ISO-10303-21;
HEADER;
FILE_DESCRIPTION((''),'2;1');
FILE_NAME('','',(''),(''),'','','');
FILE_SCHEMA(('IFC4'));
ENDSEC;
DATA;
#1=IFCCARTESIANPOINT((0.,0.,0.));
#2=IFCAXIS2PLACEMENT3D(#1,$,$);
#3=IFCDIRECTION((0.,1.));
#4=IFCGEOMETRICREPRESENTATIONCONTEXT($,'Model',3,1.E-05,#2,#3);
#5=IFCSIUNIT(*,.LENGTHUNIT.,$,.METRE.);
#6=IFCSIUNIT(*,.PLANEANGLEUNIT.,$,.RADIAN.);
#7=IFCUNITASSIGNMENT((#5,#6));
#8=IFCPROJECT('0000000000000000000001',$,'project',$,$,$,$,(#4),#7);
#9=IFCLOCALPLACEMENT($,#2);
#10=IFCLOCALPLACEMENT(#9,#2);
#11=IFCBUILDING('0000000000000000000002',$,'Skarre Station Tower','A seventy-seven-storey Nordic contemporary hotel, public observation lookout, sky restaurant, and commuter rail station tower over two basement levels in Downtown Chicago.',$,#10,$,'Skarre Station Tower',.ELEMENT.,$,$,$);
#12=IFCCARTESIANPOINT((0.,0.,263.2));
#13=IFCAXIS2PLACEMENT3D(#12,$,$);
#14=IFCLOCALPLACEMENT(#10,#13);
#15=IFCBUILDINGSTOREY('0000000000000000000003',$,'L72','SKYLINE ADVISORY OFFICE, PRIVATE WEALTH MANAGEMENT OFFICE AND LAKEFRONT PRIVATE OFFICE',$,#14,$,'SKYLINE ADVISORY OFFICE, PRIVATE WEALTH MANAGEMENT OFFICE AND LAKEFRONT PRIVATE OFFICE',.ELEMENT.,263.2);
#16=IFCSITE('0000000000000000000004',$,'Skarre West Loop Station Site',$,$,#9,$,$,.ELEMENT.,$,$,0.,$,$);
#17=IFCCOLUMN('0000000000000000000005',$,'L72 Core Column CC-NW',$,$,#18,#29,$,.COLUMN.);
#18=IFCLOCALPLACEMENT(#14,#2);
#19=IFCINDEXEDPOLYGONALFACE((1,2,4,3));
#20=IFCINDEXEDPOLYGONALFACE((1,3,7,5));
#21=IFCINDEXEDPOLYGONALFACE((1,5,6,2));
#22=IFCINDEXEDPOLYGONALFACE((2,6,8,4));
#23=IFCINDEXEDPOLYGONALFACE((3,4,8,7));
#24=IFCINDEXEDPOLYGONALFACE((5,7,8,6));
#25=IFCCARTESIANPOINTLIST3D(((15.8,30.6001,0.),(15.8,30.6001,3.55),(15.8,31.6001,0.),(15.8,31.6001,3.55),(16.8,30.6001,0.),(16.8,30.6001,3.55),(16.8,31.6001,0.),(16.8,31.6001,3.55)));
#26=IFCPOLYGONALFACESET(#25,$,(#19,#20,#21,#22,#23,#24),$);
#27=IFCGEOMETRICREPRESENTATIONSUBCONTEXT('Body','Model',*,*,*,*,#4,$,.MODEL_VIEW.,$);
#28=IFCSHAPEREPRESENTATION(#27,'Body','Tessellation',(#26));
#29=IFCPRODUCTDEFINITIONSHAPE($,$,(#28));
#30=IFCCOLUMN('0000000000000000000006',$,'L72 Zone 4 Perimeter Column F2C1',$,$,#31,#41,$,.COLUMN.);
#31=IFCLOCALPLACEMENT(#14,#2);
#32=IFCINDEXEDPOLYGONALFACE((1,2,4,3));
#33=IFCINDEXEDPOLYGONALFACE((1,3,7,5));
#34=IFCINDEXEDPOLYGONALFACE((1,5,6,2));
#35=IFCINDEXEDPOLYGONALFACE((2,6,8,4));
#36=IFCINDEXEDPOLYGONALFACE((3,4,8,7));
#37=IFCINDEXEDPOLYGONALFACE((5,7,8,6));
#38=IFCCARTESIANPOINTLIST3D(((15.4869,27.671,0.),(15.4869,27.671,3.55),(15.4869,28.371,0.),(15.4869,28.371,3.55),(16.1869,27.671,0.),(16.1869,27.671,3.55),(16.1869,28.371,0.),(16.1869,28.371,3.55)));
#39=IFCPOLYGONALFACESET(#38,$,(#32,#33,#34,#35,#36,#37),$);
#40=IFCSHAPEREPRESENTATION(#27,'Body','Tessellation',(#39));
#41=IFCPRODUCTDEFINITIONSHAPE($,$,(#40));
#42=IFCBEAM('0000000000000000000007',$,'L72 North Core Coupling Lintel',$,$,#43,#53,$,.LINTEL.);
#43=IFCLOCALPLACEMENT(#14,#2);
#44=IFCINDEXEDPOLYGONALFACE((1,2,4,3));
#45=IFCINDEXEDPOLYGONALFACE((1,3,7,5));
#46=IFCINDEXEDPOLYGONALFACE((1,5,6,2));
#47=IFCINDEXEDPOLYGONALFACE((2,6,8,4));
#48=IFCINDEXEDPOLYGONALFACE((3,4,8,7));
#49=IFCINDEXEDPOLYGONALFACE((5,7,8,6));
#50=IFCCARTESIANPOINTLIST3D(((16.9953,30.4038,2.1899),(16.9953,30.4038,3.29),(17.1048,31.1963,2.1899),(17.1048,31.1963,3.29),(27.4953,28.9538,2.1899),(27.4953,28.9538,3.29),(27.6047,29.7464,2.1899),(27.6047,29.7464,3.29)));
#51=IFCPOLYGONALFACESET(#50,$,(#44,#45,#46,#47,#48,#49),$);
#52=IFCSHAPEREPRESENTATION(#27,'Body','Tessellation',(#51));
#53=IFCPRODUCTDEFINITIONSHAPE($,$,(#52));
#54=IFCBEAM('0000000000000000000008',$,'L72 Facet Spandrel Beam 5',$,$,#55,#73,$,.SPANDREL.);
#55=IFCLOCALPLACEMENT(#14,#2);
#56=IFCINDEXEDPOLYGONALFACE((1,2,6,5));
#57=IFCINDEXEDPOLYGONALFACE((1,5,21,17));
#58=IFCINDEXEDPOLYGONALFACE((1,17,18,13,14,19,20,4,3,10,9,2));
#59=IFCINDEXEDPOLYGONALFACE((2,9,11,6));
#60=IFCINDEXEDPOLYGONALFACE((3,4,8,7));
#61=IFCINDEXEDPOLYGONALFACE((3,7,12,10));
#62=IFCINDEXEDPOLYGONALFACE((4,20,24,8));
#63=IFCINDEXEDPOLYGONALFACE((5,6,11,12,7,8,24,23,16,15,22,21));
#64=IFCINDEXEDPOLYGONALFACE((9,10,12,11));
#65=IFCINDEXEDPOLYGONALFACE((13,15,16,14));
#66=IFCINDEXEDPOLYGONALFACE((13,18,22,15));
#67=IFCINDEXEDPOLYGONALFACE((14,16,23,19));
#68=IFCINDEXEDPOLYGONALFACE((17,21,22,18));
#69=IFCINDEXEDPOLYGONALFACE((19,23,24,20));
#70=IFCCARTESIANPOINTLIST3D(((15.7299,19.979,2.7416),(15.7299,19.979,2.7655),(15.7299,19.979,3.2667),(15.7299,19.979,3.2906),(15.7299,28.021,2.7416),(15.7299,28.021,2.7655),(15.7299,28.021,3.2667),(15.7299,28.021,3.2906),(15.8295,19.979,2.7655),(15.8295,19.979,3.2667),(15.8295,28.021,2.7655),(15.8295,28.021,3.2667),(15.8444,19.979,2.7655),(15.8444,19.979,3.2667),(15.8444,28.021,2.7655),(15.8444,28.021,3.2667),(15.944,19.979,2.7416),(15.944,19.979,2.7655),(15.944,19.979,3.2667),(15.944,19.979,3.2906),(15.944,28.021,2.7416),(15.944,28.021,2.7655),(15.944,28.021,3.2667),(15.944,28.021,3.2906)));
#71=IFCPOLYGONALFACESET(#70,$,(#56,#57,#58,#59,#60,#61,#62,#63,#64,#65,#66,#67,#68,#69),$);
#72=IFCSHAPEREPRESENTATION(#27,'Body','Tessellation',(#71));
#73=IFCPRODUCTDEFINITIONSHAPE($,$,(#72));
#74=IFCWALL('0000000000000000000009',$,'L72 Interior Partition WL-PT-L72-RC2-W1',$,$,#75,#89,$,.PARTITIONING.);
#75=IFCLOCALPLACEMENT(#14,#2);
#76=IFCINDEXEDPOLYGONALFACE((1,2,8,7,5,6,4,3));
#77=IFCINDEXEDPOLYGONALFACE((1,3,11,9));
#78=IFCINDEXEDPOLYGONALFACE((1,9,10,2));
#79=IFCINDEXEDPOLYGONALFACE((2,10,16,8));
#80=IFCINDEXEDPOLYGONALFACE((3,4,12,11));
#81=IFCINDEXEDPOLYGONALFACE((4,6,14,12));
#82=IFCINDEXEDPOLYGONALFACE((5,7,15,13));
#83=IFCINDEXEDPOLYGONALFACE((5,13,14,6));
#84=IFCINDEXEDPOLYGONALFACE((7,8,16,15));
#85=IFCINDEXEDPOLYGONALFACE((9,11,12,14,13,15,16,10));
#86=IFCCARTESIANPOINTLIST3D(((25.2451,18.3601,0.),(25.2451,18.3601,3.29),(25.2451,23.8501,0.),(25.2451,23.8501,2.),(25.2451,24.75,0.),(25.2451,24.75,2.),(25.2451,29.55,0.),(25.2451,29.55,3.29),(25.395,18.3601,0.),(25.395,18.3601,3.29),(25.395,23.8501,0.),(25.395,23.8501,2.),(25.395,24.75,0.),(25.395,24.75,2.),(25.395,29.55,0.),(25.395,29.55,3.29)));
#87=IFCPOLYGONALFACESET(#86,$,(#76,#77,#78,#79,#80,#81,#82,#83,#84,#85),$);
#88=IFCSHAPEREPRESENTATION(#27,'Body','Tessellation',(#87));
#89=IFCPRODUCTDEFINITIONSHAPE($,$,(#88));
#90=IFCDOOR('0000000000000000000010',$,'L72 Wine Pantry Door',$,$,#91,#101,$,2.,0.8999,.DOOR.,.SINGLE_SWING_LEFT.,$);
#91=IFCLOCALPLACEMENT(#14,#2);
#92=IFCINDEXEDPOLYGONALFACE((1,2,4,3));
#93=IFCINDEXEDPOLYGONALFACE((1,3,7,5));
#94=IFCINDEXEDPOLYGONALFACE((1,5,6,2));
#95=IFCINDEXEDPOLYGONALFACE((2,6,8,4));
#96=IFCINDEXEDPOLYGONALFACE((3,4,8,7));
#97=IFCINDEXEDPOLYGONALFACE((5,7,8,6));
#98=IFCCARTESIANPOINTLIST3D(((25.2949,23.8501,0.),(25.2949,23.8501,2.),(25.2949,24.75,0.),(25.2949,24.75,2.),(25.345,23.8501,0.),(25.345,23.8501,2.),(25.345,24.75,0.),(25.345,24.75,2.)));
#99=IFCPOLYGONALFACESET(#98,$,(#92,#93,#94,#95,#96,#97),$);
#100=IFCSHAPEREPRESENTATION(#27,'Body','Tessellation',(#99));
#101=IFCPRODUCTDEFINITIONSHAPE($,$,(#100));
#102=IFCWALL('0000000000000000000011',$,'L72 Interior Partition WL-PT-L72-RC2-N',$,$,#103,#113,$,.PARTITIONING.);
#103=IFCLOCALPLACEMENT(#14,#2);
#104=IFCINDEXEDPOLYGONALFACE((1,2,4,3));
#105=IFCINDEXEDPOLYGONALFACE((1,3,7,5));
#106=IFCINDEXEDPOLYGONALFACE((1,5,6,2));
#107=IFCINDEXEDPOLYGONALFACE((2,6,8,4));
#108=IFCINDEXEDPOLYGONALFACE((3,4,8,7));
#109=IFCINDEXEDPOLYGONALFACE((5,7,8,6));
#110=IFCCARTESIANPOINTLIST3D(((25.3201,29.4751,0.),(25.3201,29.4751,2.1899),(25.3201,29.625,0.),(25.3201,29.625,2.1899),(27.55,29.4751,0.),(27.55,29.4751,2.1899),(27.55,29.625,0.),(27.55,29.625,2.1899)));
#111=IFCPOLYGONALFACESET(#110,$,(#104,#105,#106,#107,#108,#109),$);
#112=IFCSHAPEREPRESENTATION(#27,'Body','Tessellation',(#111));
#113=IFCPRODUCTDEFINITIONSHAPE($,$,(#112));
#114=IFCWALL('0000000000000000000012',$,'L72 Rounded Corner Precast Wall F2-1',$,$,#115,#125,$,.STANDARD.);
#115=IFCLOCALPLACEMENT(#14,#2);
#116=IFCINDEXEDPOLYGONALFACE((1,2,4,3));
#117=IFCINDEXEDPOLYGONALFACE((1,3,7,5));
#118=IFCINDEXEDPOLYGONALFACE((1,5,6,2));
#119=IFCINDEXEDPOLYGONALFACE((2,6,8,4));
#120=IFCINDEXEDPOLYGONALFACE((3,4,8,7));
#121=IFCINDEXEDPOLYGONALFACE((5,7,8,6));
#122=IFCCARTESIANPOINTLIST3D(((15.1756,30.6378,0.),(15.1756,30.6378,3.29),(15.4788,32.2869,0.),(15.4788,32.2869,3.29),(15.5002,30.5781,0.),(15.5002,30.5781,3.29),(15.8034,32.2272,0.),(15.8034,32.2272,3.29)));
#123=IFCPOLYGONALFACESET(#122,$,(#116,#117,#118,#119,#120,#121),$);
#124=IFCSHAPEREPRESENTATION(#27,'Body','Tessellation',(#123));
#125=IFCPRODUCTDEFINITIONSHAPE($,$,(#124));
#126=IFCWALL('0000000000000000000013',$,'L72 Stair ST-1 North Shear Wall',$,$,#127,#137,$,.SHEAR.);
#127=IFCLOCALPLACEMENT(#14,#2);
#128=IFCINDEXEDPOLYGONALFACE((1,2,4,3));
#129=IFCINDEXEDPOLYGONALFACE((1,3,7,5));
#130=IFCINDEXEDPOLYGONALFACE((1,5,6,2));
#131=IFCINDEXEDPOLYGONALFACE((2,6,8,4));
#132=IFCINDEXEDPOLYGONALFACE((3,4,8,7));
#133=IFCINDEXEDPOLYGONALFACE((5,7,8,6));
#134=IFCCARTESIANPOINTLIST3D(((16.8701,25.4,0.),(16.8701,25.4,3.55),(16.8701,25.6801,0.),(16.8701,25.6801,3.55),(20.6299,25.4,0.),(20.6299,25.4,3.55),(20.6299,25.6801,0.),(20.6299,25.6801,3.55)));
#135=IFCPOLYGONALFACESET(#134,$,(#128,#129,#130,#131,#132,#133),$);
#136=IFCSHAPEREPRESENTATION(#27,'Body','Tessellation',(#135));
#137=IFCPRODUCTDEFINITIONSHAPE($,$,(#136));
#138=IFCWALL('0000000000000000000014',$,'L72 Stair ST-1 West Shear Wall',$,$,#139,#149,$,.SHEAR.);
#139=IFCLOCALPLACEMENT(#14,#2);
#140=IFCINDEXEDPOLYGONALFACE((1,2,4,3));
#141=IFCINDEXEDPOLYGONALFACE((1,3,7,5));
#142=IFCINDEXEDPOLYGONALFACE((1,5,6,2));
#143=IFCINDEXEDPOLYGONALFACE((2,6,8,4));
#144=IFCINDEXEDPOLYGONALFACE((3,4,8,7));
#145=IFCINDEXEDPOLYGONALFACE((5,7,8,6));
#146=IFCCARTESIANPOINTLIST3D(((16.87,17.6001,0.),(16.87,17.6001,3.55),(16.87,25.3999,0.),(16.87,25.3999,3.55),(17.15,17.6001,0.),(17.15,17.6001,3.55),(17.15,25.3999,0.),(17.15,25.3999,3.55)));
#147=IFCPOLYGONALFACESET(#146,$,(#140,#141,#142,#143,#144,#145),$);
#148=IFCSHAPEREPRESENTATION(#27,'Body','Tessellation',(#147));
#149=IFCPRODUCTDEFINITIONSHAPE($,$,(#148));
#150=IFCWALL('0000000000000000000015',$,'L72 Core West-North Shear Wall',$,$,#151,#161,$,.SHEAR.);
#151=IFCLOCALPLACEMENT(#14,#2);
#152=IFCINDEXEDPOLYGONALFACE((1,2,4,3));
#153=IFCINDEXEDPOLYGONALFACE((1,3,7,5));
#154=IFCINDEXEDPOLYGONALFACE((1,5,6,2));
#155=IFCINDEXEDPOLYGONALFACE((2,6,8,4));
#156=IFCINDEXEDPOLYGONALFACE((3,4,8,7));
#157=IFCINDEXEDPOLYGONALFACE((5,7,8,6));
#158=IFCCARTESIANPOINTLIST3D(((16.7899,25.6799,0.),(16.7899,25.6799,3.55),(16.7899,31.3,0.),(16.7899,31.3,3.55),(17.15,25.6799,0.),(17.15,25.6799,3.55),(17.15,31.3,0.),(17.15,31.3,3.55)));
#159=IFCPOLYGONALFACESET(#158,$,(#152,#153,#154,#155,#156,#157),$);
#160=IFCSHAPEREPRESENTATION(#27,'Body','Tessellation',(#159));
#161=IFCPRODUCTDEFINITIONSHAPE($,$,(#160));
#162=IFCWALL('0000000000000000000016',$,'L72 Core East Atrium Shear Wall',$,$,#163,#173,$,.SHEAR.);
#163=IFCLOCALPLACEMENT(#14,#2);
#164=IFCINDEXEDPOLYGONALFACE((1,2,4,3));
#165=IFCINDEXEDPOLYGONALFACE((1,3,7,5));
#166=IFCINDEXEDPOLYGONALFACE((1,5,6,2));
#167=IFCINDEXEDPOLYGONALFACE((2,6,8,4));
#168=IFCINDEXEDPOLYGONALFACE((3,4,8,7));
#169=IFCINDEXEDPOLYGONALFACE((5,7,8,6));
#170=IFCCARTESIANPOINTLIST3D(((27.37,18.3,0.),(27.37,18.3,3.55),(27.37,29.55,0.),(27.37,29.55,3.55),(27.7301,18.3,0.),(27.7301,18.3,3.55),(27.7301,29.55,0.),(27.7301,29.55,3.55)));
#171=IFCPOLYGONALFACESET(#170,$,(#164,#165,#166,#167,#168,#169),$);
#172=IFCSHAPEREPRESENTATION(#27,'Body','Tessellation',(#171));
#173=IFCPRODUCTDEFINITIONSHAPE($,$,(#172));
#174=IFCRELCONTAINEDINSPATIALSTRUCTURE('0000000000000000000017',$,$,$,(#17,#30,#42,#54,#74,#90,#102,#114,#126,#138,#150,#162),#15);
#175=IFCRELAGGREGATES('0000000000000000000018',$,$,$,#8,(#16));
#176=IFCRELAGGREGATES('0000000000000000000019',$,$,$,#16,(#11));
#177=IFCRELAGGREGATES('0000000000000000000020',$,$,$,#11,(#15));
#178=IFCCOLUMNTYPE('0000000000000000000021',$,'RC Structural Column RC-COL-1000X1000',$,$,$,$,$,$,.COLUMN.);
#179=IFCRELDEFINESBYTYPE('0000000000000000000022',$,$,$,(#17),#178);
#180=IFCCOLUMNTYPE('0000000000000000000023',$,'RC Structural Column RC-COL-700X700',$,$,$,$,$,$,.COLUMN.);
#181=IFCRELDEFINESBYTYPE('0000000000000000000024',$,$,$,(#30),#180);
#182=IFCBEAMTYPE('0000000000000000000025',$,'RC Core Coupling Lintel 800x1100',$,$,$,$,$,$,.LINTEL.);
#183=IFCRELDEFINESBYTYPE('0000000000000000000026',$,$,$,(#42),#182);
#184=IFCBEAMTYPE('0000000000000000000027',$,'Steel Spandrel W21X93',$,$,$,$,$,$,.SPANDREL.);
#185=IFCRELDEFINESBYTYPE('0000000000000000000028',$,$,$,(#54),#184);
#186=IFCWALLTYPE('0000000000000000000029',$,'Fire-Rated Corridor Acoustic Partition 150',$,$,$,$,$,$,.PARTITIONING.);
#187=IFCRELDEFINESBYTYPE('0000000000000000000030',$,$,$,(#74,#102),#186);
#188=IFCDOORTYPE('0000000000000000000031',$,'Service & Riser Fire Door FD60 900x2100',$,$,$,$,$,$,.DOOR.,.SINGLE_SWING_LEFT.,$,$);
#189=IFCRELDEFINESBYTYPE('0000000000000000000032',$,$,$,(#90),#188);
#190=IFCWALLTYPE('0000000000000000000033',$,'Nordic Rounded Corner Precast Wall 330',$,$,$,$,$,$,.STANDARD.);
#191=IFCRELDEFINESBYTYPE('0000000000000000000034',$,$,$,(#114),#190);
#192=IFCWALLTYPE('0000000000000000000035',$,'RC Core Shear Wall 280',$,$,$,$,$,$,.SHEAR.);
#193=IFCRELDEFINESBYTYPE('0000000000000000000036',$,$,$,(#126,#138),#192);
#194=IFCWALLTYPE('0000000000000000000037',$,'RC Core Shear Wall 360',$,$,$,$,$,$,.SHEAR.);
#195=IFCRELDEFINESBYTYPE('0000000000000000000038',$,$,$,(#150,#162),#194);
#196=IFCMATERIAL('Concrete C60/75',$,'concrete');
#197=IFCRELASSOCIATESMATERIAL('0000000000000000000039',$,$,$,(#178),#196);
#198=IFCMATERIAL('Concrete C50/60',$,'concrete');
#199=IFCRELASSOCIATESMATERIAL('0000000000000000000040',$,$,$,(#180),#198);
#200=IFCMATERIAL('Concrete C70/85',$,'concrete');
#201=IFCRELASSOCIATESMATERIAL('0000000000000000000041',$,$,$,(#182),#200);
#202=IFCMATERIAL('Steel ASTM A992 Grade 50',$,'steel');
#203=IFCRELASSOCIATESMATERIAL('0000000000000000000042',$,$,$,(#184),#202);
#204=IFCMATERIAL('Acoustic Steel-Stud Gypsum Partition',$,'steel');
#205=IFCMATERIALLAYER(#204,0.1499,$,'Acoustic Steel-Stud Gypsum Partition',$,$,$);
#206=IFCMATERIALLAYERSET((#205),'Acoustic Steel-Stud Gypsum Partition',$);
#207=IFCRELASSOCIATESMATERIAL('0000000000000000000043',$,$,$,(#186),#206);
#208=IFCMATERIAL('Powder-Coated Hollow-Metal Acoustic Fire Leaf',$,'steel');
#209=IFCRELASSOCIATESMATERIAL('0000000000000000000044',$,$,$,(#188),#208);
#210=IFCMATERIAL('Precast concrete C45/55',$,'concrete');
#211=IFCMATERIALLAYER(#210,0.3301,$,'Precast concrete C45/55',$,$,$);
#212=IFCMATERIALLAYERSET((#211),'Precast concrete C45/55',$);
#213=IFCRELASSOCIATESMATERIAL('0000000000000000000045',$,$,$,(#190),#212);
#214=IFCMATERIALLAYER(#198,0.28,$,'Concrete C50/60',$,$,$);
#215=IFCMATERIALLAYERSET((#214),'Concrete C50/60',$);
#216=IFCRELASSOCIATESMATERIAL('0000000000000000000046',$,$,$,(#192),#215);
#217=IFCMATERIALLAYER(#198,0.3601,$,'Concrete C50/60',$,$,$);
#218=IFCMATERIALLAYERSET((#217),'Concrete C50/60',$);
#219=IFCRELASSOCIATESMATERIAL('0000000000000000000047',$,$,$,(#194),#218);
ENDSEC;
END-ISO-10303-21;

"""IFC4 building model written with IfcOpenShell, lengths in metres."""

from ifc_helpers import new_model, si_unit, direction, frame, frame_2d, origin, origin_2d, place, context, subcontext, project, spatial, rectangle, i_section, extrude, material, layer, layer_set, material_profile, profile_set, type_object, element, fill, save


model = new_model("IFC4")

# Units and contexts
model_context = context("Model", 3, precision=1e-05, world=origin(), true_north=direction((0.0, 1.0)))
body_context = subcontext(model_context, "Body", "Model", "MODEL_VIEW")
ifc_project = project(units=[si_unit("LENGTHUNIT", "METRE"), si_unit("PLANEANGLEUNIT", "RADIAN")], contexts=[model_context])

# Site, building, storey
site_placement = place(None, origin())
site = spatial("IfcSite", under=ifc_project, at=site_placement, Name="Skarre West Loop Station Site", CompositionType="ELEMENT", RefElevation=0.0)
building_placement = place(site_placement, origin())
building = spatial("IfcBuilding", under=site, at=building_placement, Name="Skarre Station Tower", Description="A seventy-seven-storey Nordic contemporary hotel, public observation lookout, sky restaurant, and commuter rail station tower over two basement levels in Downtown Chicago.", LongName="Skarre Station Tower", CompositionType="ELEMENT")
storey_placement = place(building_placement, frame((0.0, 0.0, 263.2)))
storey = spatial("IfcBuildingStorey", under=building, at=storey_placement, Name="L72", Description="SKYLINE ADVISORY OFFICE, PRIVATE WEALTH MANAGEMENT OFFICE AND LAKEFRONT PRIVATE OFFICE", LongName="SKYLINE ADVISORY OFFICE, PRIVATE WEALTH MANAGEMENT OFFICE AND LAKEFRONT PRIVATE OFFICE", CompositionType="ELEMENT", Elevation=263.2)

# Columns
ifc_material_1 = material(Name="Concrete C60/75", Category="concrete")
ifc_material_profile_1 = material_profile(ifc_material_1, rectangle(XDim=1.0, YDim=1.0, at=origin_2d()), Name="Concrete C60/75")
ifc_profile_set_1 = profile_set([ifc_material_profile_1], Name="Concrete C60/75")
column_type_1 = type_object("IfcColumnType", Name="RC Structural Column RC-COL-1000X1000", PredefinedType="COLUMN", material=ifc_profile_set_1)
column_1_placement = place(storey_placement, frame((16.3, 31.1001, 0.0), z_axis=(0.0, 0.0, 1.0), x_axis=(1.0, 0.0, 0.0)))
element("IfcColumn", 1, at=column_1_placement, inside=storey, type_object=column_type_1, Name="L72 Core Column CC-NW", PredefinedType="COLUMN", context=body_context, shape_type="SweptSolid", body=[
    extrude(rectangle(XDim=1.0, YDim=1.0, at=origin_2d()), origin(), (0.0, 0.0, 1.0), 3.55),
])
ifc_material_2 = material(Name="Concrete C50/60", Category="concrete")
ifc_material_profile_2 = material_profile(ifc_material_2, rectangle(XDim=0.7, YDim=0.7, at=origin_2d()), Name="Concrete C50/60")
ifc_profile_set_2 = profile_set([ifc_material_profile_2], Name="Concrete C50/60")
column_type_2 = type_object("IfcColumnType", Name="RC Structural Column RC-COL-700X700", PredefinedType="COLUMN", material=ifc_profile_set_2)
column_2_placement = place(storey_placement, frame((15.8369, 28.021, 0.0), z_axis=(0.0, 0.0, 1.0), x_axis=(1.0, 0.0, 0.0)))
element("IfcColumn", 2, at=column_2_placement, inside=storey, type_object=column_type_2, Name="L72 Zone 4 Perimeter Column F2C1", PredefinedType="COLUMN", context=body_context, shape_type="SweptSolid", body=[
    extrude(rectangle(XDim=0.7, YDim=0.7, at=origin_2d()), origin(), (0.0, 0.0, 1.0), 3.55),
])

# Beams
ifc_material_3 = material(Name="Concrete C70/85", Category="concrete")
ifc_material_profile_3 = material_profile(ifc_material_3, rectangle(XDim=0.8, YDim=1.1001, at=origin_2d()), Name="Concrete C70/85")
ifc_profile_set_3 = profile_set([ifc_material_profile_3], Name="Concrete C70/85")
beam_type_1 = type_object("IfcBeamType", Name="RC Core Coupling Lintel 800x1100", PredefinedType="LINTEL", material=ifc_profile_set_3)
beam_1_placement = place(storey_placement, frame((17.05, 30.8, 2.74), z_axis=(0.9906, -0.136792, 0.0), x_axis=(0.136792, 0.9906, 0.0)))
element("IfcBeam", 3, at=beam_1_placement, inside=storey, type_object=beam_type_1, Name="L72 North Core Coupling Lintel", PredefinedType="LINTEL", context=body_context, shape_type="SweptSolid", body=[
    extrude(rectangle(XDim=0.8, YDim=1.1001, at=origin_2d()), origin(), (0.0, 0.0, 1.0), 10.5996),
])
ifc_material_4 = material(Name="Steel ASTM A992 Grade 50", Category="steel")
ifc_material_profile_4 = material_profile(ifc_material_4, i_section(OverallWidth=0.2141, OverallDepth=0.5491, WebThickness=0.0149, FlangeThickness=0.0239, at=origin_2d()), Name="Steel ASTM A992 Grade 50")
ifc_profile_set_4 = profile_set([ifc_material_profile_4], Name="Steel ASTM A992 Grade 50")
beam_type_2 = type_object("IfcBeamType", Name="Steel Spandrel W21X93", PredefinedType="SPANDREL", material=ifc_profile_set_4)
beam_2_placement = place(storey_placement, frame((15.8369, 28.021, 3.0161), z_axis=(0.0, -1.0, 0.0), x_axis=(1.0, 0.0, 0.0)))
element("IfcBeam", 4, at=beam_2_placement, inside=storey, type_object=beam_type_2, Name="L72 Facet Spandrel Beam 5", PredefinedType="SPANDREL", context=body_context, shape_type="SweptSolid", body=[
    extrude(i_section(OverallWidth=0.2141, OverallDepth=0.5491, WebThickness=0.0149, FlangeThickness=0.0239, at=origin_2d()), origin(), (0.0, 0.0, 1.0), 8.042),
])

# Wall, opening, door
ifc_material_5 = material(Name="Acoustic Steel-Stud Gypsum Partition", Category="steel")
ifc_layer_1 = layer(ifc_material_5, 0.1499, Name="Acoustic Steel-Stud Gypsum Partition")
ifc_layer_set_1 = layer_set([ifc_layer_1], Name="Acoustic Steel-Stud Gypsum Partition")
wall_type_1 = type_object("IfcWallType", Name="Fire-Rated Corridor Acoustic Partition 150", PredefinedType="PARTITIONING", material=ifc_layer_set_1)
wall_1_placement = place(storey_placement, frame((25.3201, 29.55, 0.0), z_axis=(0.0, 0.0, 1.0), x_axis=(0.0, -1.0, 0.0)))
wall_1 = element("IfcWall", 5, at=wall_1_placement, inside=storey, type_object=wall_type_1, Name="L72 Interior Partition WL-PT-L72-RC2-W1", PredefinedType="PARTITIONING", context=body_context, shape_type="SweptSolid", body=[
    extrude(rectangle(XDim=11.1899, YDim=0.1499, at=frame_2d((5.595, 0.0))), origin(), (0.0, 0.0, 1.0), 3.29),
])
opening_1_placement = place(wall_1_placement, frame((4.8, 0.0, 0.0)))
opening_1 = element("IfcOpeningElement", 6, at=opening_1_placement, cuts=wall_1, PredefinedType="OPENING", context=body_context, shape_type="SweptSolid", body=[
    extrude(rectangle(XDim=0.8999, YDim=2.0, at=frame_2d((0.45, 1.0))), frame((0.0, 0.085, 0.0), z_axis=(0.0, -1.0, 0.0), x_axis=(1.0, 0.0, 0.0)), (0.0, 0.0, 1.0), 0.1699),
])
ifc_material_6 = material(Name="Powder-Coated Hollow-Metal Acoustic Fire Leaf", Category="steel")
door_type_1 = type_object("IfcDoorType", Name="Service & Riser Fire Door FD60 900x2100", OperationType="SINGLE_SWING_LEFT", PredefinedType="DOOR", material=ifc_material_6)
door_1_placement = place(opening_1_placement, origin())
door_1 = element("IfcDoor", 7, at=door_1_placement, inside=storey, type_object=door_type_1, Name="L72 Wine Pantry Door", OperationType="SINGLE_SWING_LEFT", OverallHeight=2.0, OverallWidth=0.8999, PredefinedType="DOOR", context=body_context, shape_type="SweptSolid", body=[
    extrude(rectangle(XDim=0.8999, YDim=2.0, at=frame_2d((0.45, 1.0))), frame((0.0, 0.0249, 0.0), z_axis=(0.0, -1.0, 0.0), x_axis=(1.0, 0.0, 0.0)), (0.0, 0.0, 1.0), 0.05),
])
fill(opening_1, door_1)

# Walls
wall_2_placement = place(storey_placement, frame((27.55, 29.55, 0.0), z_axis=(0.0, 0.0, 1.0), x_axis=(-1.0, 0.0, 0.0)))
element("IfcWall", 8, at=wall_2_placement, inside=storey, type_object=wall_type_1, Name="L72 Interior Partition WL-PT-L72-RC2-N", PredefinedType="PARTITIONING", context=body_context, shape_type="SweptSolid", body=[
    extrude(rectangle(XDim=2.23, YDim=0.1499, at=frame_2d((1.115, 0.0))), origin(), (0.0, 0.0, 1.0), 2.1899),
])
ifc_material_7 = material(Name="Precast concrete C45/55", Category="concrete")
ifc_layer_2 = layer(ifc_material_7, 0.3301, Name="Precast concrete C45/55")
ifc_layer_set_2 = layer_set([ifc_layer_2], Name="Precast concrete C45/55")
wall_type_2 = type_object("IfcWallType", Name="Nordic Rounded Corner Precast Wall 330", PredefinedType="STANDARD", material=ifc_layer_set_2)
wall_3_placement = place(storey_placement, frame((15.3379, 30.6079, 0.0), z_axis=(0.0, 0.0, 1.0), x_axis=(0.180833, 0.983514, 0.0)))
element("IfcWall", 9, at=wall_3_placement, inside=storey, type_object=wall_type_2, Name="L72 Rounded Corner Precast Wall F2-1", PredefinedType="STANDARD", context=body_context, shape_type="SweptSolid", body=[
    extrude(rectangle(XDim=1.6768, YDim=0.3301, at=frame_2d((0.8384, 0.0))), origin(), (0.0, 0.0, 1.0), 3.29),
])
ifc_layer_3 = layer(ifc_material_2, 0.28, Name="Concrete C50/60")
ifc_layer_set_3 = layer_set([ifc_layer_3], Name="Concrete C50/60")
wall_type_3 = type_object("IfcWallType", Name="RC Core Shear Wall 280", PredefinedType="SHEAR", material=ifc_layer_set_3)
wall_4_placement = place(storey_placement, frame((20.6299, 25.54, 0.0), z_axis=(0.0, 0.0, 1.0), x_axis=(-1.0, 0.0, 0.0)))
element("IfcWall", 10, at=wall_4_placement, inside=storey, type_object=wall_type_3, Name="L72 Stair ST-1 North Shear Wall", PredefinedType="SHEAR", context=body_context, shape_type="SweptSolid", body=[
    extrude(rectangle(XDim=3.7598, YDim=0.28, at=frame_2d((1.8799, 0.0))), origin(), (0.0, 0.0, 1.0), 3.55),
])
wall_5_placement = place(storey_placement, frame((17.01, 25.3999, 0.0), z_axis=(0.0, 0.0, 1.0), x_axis=(0.0, -1.0, 0.0)))
element("IfcWall", 11, at=wall_5_placement, inside=storey, type_object=wall_type_3, Name="L72 Stair ST-1 West Shear Wall", PredefinedType="SHEAR", context=body_context, shape_type="SweptSolid", body=[
    extrude(rectangle(XDim=7.7998, YDim=0.28, at=frame_2d((3.8999, 0.0))), origin(), (0.0, 0.0, 1.0), 3.55),
])
ifc_layer_4 = layer(ifc_material_2, 0.3601, Name="Concrete C50/60")
ifc_layer_set_4 = layer_set([ifc_layer_4], Name="Concrete C50/60")
wall_type_4 = type_object("IfcWallType", Name="RC Core Shear Wall 360", PredefinedType="SHEAR", material=ifc_layer_set_4)
wall_6_placement = place(storey_placement, frame((16.97, 25.6799, 0.0), z_axis=(0.0, 0.0, 1.0), x_axis=(0.0, 1.0, 0.0)))
element("IfcWall", 12, at=wall_6_placement, inside=storey, type_object=wall_type_4, Name="L72 Core West-North Shear Wall", PredefinedType="SHEAR", context=body_context, shape_type="SweptSolid", body=[
    extrude(rectangle(XDim=5.6201, YDim=0.3601, at=frame_2d((2.8101, 0.0))), origin(), (0.0, 0.0, 1.0), 3.55),
])
wall_7_placement = place(storey_placement, frame((27.55, 29.55, 0.0), z_axis=(0.0, 0.0, 1.0), x_axis=(0.0, -1.0, 0.0)))
element("IfcWall", 13, at=wall_7_placement, inside=storey, type_object=wall_type_4, Name="L72 Core East Atrium Shear Wall", PredefinedType="SHEAR", context=body_context, shape_type="SweptSolid", body=[
    extrude(rectangle(XDim=11.25, YDim=0.3601, at=frame_2d((5.625, 0.0))), origin(), (0.0, 0.0, 1.0), 3.55),
])

save(model, "model.ifc")
